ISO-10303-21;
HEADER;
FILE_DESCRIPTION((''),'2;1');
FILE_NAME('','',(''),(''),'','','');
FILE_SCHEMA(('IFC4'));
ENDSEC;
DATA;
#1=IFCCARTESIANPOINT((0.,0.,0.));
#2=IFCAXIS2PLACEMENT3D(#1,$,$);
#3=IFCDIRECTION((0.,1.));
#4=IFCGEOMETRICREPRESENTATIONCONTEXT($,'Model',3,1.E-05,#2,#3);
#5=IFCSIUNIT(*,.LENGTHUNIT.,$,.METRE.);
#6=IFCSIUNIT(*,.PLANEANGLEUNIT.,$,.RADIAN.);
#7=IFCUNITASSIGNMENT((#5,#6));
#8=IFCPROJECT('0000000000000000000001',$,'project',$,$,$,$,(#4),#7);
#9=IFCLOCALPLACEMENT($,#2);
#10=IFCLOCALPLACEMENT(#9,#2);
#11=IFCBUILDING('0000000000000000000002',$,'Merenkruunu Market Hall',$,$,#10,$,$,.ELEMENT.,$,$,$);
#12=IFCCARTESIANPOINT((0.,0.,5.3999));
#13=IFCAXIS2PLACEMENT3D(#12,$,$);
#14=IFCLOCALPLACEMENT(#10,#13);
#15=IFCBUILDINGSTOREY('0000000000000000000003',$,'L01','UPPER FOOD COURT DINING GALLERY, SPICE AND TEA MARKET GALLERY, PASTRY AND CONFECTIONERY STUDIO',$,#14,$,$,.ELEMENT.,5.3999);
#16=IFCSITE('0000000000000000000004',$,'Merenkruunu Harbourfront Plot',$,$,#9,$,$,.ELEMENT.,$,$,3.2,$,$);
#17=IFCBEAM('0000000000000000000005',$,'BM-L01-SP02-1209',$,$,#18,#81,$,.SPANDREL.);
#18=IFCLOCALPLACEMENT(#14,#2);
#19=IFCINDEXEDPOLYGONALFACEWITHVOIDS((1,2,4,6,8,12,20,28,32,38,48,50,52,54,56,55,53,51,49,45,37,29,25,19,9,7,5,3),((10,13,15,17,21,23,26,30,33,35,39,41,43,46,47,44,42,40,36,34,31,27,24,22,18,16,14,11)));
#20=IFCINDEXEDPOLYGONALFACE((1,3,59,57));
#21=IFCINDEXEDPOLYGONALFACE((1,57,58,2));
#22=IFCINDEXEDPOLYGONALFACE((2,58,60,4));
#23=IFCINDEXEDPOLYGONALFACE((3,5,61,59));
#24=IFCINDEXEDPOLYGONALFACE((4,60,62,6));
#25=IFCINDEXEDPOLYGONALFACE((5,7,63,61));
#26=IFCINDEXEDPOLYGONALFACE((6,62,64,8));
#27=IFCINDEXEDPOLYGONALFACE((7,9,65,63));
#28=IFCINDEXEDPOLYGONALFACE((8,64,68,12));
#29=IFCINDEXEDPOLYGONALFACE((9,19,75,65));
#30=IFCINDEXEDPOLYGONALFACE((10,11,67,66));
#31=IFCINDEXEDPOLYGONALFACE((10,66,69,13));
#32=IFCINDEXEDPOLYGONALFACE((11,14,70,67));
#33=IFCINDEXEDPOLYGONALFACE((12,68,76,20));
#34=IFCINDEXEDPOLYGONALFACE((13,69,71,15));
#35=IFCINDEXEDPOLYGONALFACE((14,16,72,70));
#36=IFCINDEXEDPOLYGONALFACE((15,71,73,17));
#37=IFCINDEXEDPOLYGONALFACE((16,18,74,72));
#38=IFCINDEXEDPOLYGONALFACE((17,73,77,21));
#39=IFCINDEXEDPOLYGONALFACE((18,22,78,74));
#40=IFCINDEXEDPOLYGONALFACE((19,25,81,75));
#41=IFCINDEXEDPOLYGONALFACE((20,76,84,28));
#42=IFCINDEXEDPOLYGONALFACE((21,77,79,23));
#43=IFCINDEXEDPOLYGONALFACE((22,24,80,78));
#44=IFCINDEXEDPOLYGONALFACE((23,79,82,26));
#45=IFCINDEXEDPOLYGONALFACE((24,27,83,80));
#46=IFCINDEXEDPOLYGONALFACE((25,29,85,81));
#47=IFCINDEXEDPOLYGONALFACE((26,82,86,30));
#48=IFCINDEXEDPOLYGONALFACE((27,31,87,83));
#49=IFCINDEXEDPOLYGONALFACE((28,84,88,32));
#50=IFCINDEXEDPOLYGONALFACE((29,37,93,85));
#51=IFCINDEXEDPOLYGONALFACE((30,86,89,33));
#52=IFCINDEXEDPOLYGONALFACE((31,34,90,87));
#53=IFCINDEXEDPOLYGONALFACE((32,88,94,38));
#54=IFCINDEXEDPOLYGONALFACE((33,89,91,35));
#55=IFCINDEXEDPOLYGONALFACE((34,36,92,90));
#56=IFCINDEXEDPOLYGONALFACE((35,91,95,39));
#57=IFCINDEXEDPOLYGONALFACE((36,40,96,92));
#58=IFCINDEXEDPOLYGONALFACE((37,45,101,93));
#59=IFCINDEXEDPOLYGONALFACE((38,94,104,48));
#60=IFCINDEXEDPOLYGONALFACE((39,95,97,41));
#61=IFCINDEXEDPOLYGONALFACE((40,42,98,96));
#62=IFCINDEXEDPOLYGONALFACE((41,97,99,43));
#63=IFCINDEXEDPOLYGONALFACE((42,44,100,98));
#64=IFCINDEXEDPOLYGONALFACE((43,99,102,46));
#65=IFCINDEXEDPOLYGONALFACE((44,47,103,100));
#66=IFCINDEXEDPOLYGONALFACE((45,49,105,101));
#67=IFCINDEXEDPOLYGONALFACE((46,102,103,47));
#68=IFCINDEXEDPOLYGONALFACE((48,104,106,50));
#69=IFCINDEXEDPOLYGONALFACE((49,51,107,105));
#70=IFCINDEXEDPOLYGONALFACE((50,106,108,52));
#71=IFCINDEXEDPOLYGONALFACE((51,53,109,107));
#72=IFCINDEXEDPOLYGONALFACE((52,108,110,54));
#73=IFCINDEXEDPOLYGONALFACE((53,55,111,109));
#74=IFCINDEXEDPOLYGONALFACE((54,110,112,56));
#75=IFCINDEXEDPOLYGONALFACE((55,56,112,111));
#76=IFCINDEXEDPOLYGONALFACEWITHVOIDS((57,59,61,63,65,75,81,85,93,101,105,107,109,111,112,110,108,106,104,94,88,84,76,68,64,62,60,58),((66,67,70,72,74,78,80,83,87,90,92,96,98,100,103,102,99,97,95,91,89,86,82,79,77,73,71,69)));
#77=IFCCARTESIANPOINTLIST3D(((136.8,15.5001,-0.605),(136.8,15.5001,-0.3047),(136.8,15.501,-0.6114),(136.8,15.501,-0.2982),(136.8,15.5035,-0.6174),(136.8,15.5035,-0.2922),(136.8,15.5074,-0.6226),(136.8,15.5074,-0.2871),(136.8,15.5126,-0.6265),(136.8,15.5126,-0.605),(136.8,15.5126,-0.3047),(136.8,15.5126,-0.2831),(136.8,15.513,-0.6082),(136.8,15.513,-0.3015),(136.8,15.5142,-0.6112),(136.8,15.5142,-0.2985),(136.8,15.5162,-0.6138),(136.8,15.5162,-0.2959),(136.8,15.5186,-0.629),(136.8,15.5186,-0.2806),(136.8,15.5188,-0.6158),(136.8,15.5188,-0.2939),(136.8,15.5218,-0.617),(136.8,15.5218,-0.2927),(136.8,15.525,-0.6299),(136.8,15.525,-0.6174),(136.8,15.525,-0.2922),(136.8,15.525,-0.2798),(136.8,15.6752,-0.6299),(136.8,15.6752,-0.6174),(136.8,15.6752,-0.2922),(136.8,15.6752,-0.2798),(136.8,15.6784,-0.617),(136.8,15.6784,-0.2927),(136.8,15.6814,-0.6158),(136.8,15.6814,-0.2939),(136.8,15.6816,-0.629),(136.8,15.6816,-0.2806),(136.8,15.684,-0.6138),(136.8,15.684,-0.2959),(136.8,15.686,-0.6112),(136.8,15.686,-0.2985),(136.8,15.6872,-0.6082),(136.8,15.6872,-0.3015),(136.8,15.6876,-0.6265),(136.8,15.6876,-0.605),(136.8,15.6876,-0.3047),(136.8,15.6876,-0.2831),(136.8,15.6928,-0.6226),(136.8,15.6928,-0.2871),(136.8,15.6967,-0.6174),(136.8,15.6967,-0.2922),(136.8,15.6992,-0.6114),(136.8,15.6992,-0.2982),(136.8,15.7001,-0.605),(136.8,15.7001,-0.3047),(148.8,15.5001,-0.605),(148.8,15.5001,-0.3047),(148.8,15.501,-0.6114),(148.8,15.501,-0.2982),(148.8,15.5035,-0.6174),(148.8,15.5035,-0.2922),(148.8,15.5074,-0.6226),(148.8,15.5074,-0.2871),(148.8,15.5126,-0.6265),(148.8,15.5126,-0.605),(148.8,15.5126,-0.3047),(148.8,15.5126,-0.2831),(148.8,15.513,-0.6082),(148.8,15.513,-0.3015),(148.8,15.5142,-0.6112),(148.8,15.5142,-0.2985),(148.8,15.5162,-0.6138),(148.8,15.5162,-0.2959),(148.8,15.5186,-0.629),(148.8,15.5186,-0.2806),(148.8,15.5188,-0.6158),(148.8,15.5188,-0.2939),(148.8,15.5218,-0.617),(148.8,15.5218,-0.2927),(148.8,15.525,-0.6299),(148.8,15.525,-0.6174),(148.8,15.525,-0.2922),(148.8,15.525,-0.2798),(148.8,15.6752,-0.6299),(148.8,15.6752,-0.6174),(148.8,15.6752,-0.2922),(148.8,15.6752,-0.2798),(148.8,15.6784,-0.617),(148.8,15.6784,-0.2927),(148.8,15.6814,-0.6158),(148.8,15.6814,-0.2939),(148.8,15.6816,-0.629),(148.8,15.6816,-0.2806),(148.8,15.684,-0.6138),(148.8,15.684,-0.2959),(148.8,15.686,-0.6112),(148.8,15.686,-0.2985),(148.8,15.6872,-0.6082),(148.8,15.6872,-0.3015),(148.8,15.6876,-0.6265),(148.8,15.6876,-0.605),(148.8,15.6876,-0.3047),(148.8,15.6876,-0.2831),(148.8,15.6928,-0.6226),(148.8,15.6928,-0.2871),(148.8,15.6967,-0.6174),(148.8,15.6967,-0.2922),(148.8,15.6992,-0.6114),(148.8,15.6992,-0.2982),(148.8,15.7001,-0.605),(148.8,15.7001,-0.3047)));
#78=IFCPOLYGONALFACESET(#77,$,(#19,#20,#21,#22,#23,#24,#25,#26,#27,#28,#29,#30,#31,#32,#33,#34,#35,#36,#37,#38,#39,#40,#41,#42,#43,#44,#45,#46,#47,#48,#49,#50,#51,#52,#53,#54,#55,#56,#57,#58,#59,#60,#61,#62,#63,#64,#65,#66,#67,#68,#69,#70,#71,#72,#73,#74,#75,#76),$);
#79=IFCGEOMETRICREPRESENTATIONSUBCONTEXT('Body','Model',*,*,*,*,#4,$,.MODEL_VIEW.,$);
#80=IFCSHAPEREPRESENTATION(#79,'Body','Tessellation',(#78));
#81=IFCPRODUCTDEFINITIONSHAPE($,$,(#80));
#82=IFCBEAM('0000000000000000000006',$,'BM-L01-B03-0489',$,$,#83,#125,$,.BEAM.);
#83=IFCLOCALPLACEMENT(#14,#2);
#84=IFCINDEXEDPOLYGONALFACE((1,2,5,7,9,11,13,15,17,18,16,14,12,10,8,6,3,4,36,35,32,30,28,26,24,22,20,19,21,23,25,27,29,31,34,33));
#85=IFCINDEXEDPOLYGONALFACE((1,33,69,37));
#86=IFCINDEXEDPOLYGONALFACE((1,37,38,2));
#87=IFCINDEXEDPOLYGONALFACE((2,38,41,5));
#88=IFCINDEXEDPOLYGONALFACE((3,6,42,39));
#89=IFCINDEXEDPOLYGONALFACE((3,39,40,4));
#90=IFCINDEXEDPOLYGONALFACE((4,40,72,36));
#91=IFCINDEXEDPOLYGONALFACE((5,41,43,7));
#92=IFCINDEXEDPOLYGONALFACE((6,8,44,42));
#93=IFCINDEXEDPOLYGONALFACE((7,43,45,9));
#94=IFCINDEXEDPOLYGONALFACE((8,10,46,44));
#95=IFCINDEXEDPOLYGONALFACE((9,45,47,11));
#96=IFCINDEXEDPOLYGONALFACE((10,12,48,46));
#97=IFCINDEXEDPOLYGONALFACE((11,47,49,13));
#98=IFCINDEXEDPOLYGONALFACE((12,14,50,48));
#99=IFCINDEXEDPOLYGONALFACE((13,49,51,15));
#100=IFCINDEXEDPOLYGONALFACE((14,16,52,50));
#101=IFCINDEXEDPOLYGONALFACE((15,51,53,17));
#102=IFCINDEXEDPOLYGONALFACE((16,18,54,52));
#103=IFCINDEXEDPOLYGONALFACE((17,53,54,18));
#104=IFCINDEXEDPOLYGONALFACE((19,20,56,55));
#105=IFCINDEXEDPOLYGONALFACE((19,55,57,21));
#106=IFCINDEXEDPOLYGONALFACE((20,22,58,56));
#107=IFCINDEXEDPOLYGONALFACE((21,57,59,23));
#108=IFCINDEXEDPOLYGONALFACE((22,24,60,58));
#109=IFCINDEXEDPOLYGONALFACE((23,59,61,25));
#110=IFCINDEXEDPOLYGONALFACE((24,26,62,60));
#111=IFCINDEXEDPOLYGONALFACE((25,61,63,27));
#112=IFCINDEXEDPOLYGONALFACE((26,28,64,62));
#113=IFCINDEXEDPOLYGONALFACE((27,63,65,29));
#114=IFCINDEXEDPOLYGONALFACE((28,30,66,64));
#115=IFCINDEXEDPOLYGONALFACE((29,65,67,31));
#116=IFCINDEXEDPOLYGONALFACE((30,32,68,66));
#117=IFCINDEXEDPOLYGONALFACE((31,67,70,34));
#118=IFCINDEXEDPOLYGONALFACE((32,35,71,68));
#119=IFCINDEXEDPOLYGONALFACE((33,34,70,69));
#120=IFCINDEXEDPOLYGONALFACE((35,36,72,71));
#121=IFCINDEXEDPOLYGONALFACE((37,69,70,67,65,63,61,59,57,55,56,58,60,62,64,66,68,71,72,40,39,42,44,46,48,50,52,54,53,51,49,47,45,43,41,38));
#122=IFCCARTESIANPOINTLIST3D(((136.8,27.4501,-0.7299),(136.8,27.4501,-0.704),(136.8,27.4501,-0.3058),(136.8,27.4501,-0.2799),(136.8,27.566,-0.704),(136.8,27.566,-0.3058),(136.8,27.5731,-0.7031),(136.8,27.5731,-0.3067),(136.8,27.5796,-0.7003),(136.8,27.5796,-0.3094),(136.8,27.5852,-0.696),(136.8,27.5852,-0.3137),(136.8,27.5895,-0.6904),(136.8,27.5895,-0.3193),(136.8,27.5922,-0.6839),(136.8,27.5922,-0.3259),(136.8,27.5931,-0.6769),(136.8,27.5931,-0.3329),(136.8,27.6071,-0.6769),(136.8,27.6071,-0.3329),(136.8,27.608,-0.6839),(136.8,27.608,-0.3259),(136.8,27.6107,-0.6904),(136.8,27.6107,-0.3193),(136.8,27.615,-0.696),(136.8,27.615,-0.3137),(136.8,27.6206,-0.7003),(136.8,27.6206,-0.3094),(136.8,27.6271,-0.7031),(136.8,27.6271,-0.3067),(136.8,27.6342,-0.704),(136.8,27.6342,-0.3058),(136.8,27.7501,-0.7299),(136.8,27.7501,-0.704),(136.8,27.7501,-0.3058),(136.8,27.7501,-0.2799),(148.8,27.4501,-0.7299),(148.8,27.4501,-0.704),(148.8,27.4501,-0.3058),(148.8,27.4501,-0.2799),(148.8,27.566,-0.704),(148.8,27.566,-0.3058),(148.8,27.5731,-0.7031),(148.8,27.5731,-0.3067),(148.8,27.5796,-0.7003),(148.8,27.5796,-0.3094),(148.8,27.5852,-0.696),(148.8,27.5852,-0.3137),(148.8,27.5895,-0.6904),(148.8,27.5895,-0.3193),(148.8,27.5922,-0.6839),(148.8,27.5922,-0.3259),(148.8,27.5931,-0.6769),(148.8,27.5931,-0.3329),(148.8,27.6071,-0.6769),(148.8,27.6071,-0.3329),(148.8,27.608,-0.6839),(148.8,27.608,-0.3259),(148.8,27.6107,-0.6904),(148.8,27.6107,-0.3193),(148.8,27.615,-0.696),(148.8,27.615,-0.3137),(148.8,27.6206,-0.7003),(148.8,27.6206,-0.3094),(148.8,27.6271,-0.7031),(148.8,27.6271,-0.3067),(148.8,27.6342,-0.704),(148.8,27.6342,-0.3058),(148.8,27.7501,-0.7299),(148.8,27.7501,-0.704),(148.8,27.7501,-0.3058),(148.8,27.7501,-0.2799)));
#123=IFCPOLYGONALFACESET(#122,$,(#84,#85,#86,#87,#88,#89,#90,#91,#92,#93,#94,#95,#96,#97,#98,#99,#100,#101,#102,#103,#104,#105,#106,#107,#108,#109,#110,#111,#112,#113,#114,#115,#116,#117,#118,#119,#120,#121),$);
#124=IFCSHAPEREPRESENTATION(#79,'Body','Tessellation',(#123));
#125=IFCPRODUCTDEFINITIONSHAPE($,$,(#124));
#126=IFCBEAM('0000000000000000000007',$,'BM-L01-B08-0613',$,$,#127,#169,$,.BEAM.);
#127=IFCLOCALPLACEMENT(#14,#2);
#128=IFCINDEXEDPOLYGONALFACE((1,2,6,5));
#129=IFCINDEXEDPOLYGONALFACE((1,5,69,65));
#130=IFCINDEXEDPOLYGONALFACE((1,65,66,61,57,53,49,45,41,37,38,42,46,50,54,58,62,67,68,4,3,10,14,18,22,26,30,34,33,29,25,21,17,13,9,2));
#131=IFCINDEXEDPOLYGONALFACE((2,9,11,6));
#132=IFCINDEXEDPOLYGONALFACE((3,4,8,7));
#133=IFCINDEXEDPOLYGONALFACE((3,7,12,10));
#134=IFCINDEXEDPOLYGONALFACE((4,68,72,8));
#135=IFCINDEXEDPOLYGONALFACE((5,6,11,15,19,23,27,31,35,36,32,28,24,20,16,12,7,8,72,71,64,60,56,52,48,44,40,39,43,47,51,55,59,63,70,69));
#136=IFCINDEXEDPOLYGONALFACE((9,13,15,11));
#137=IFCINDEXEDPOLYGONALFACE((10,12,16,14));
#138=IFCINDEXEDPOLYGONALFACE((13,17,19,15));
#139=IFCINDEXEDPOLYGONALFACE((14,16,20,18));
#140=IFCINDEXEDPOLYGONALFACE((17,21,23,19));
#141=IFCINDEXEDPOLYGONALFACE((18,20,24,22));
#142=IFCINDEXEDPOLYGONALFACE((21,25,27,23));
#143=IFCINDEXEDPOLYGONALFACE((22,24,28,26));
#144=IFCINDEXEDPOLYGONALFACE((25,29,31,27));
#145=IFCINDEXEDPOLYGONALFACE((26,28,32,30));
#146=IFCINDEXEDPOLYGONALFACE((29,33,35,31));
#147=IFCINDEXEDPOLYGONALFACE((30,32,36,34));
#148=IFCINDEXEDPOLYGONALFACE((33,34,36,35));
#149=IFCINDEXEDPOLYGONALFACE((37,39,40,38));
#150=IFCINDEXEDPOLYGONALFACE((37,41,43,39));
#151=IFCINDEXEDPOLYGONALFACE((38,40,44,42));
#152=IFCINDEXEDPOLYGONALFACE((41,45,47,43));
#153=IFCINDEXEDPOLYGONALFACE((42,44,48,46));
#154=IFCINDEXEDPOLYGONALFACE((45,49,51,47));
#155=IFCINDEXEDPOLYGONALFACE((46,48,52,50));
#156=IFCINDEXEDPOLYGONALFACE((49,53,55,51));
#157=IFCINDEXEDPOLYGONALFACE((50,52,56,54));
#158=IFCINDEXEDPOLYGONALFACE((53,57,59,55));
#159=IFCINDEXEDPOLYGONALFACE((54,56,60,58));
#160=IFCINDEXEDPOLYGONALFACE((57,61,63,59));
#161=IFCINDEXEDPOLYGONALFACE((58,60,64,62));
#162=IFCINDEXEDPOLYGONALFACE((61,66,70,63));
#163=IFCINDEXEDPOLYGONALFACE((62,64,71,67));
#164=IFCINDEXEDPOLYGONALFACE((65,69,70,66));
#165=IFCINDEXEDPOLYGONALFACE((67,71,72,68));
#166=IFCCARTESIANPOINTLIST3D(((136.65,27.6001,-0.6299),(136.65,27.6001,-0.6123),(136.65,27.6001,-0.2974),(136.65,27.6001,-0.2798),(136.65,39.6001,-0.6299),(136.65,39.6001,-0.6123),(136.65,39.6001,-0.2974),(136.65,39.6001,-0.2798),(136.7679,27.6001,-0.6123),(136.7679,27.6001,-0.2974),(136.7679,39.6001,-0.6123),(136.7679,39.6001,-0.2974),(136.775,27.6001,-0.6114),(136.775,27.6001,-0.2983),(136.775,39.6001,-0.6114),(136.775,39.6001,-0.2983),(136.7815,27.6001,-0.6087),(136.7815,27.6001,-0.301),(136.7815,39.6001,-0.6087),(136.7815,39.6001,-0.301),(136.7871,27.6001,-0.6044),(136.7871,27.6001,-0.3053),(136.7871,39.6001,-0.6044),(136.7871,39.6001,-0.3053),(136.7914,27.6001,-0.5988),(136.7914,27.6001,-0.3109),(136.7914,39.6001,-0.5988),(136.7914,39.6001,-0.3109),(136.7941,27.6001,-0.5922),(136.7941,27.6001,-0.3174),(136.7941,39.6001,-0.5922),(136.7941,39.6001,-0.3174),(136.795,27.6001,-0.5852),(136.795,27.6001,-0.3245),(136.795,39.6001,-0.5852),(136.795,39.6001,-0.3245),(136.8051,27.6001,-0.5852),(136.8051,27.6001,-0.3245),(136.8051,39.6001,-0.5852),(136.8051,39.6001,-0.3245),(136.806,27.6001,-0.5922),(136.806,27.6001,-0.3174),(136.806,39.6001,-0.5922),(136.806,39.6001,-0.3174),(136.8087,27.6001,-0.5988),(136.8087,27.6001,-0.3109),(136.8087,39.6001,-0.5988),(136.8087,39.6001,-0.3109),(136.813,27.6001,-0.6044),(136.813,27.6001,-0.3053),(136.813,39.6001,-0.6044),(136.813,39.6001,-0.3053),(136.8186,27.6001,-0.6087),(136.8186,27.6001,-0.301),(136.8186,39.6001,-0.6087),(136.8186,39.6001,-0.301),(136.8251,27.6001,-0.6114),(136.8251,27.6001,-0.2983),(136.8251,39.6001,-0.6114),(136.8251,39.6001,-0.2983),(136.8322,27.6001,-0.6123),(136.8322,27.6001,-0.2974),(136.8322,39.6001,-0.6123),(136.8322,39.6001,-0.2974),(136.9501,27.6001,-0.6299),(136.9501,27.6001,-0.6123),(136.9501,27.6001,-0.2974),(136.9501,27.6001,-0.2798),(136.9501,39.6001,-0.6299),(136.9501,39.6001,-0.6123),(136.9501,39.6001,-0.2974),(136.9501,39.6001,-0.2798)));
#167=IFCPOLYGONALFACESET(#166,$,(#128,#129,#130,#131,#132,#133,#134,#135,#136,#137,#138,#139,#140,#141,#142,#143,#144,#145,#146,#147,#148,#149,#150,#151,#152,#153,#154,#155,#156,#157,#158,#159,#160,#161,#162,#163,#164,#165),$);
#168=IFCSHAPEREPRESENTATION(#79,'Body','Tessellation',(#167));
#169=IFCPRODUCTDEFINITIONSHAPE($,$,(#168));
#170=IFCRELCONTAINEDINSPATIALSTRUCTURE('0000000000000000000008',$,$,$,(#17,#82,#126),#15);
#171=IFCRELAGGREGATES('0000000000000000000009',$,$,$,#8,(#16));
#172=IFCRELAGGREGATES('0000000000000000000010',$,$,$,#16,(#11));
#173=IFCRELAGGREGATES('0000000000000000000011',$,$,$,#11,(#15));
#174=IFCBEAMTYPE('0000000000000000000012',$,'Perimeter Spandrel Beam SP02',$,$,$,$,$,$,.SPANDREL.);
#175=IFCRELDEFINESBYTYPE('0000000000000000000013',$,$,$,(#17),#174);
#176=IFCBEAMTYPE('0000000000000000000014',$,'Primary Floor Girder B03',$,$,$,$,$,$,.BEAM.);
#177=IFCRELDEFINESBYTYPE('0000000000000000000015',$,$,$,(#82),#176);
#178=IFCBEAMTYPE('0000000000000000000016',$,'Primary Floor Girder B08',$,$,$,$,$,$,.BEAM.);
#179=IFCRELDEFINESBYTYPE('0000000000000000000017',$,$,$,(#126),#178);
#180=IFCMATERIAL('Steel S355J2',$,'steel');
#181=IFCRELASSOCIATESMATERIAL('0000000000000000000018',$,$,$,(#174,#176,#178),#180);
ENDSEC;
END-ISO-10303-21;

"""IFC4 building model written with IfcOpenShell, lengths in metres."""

from ifc_helpers import new_model, si_unit, direction, frame, origin, origin_2d, place, context, subcontext, project, spatial, hollow_rectangle, i_section, extrude, material, material_profile, profile_set, type_object, element, save


model = new_model("IFC4")

# Units and contexts
model_context = context("Model", 3, precision=1e-05, world=origin(), true_north=direction((0.0, 1.0)))
body_context = subcontext(model_context, "Body", "Model", "MODEL_VIEW")
ifc_project = project(units=[si_unit("LENGTHUNIT", "METRE"), si_unit("PLANEANGLEUNIT", "RADIAN")], contexts=[model_context])

# Site, building, storey
site_placement = place(None, origin())
site = spatial("IfcSite", under=ifc_project, at=site_placement, Name="Merenkruunu Harbourfront Plot", CompositionType="ELEMENT", RefElevation=3.2)
building_placement = place(site_placement, origin())
building = spatial("IfcBuilding", under=site, at=building_placement, Name="Merenkruunu Market Hall", CompositionType="ELEMENT")
storey_placement = place(building_placement, frame((0.0, 0.0, 5.3999)))
storey = spatial("IfcBuildingStorey", under=building, at=storey_placement, Name="L01", Description="UPPER FOOD COURT DINING GALLERY, SPICE AND TEA MARKET GALLERY, PASTRY AND CONFECTIONERY STUDIO", CompositionType="ELEMENT", Elevation=5.3999)

# Shared definitions
ifc_material_1 = material(Name="Steel S355J2", Category="steel")

# Beams
ifc_material_profile_1 = material_profile(ifc_material_1, hollow_rectangle(XDim=0.2, YDim=0.3501, WallThickness=0.0125, InnerFilletRadius=0.0125, OuterFilletRadius=0.0249, at=origin_2d()), Name="RHS 350x200x12.5")
ifc_profile_set_1 = profile_set([ifc_material_profile_1], Name="Steel S355J2")
beam_type_1 = type_object("IfcBeamType", Name="Perimeter Spandrel Beam SP02", PredefinedType="SPANDREL", material=ifc_profile_set_1)
beam_1_placement = place(storey_placement, frame((136.8, 15.6001, -0.4548), z_axis=(1.0, 0.0, 0.0), x_axis=(0.0, 1.0, 0.0)))
element("IfcBeam", 1, at=beam_1_placement, inside=storey, type_object=beam_type_1, Name="BM-L01-SP02-1209", PredefinedType="SPANDREL", context=body_context, shape_type="SweptSolid", body=[
    extrude(hollow_rectangle(XDim=0.2, YDim=0.3501, WallThickness=0.0125, InnerFilletRadius=0.0125, OuterFilletRadius=0.0249, at=origin_2d()), origin(), (0.0, 0.0, 1.0), 12.0),
])
ifc_material_profile_2 = material_profile(ifc_material_1, i_section(OverallWidth=0.3, OverallDepth=0.45, WebThickness=0.0139, FlangeThickness=0.0259, FilletRadius=0.0271, at=origin_2d()), Name="HEB 450")
ifc_profile_set_2 = profile_set([ifc_material_profile_2], Name="Steel S355J2")
beam_type_2 = type_object("IfcBeamType", Name="Primary Floor Girder B03", PredefinedType="BEAM", material=ifc_profile_set_2)
beam_2_placement = place(storey_placement, frame((136.8, 27.6001, -0.5049), z_axis=(1.0, 0.0, 0.0), x_axis=(0.0, 1.0, 0.0)))
element("IfcBeam", 2, at=beam_2_placement, inside=storey, type_object=beam_type_2, Name="BM-L01-B03-0489", PredefinedType="BEAM", context=body_context, shape_type="SweptSolid", body=[
    extrude(i_section(OverallWidth=0.3, OverallDepth=0.45, WebThickness=0.0139, FlangeThickness=0.0259, FilletRadius=0.0271, at=origin_2d()), origin(), (0.0, 0.0, 1.0), 12.0),
])
ifc_material_profile_3 = material_profile(ifc_material_1, i_section(OverallWidth=0.3, OverallDepth=0.3501, WebThickness=0.01, FlangeThickness=0.0176, FilletRadius=0.0271, at=origin_2d()), Name="HEA 360")
ifc_profile_set_3 = profile_set([ifc_material_profile_3], Name="Steel S355J2")
beam_type_3 = type_object("IfcBeamType", Name="Primary Floor Girder B08", PredefinedType="BEAM", material=ifc_profile_set_3)
beam_3_placement = place(storey_placement, frame((136.8, 27.6001, -0.4548), z_axis=(0.0, 1.0, 0.0), x_axis=(-1.0, 0.0, 0.0)))
element("IfcBeam", 3, at=beam_3_placement, inside=storey, type_object=beam_type_3, Name="BM-L01-B08-0613", PredefinedType="BEAM", context=body_context, shape_type="SweptSolid", body=[
    extrude(i_section(OverallWidth=0.3, OverallDepth=0.3501, WebThickness=0.01, FlangeThickness=0.0176, FilletRadius=0.0271, at=origin_2d()), origin(), (0.0, 0.0, 1.0), 12.0),
])

save(model, "model.ifc")
